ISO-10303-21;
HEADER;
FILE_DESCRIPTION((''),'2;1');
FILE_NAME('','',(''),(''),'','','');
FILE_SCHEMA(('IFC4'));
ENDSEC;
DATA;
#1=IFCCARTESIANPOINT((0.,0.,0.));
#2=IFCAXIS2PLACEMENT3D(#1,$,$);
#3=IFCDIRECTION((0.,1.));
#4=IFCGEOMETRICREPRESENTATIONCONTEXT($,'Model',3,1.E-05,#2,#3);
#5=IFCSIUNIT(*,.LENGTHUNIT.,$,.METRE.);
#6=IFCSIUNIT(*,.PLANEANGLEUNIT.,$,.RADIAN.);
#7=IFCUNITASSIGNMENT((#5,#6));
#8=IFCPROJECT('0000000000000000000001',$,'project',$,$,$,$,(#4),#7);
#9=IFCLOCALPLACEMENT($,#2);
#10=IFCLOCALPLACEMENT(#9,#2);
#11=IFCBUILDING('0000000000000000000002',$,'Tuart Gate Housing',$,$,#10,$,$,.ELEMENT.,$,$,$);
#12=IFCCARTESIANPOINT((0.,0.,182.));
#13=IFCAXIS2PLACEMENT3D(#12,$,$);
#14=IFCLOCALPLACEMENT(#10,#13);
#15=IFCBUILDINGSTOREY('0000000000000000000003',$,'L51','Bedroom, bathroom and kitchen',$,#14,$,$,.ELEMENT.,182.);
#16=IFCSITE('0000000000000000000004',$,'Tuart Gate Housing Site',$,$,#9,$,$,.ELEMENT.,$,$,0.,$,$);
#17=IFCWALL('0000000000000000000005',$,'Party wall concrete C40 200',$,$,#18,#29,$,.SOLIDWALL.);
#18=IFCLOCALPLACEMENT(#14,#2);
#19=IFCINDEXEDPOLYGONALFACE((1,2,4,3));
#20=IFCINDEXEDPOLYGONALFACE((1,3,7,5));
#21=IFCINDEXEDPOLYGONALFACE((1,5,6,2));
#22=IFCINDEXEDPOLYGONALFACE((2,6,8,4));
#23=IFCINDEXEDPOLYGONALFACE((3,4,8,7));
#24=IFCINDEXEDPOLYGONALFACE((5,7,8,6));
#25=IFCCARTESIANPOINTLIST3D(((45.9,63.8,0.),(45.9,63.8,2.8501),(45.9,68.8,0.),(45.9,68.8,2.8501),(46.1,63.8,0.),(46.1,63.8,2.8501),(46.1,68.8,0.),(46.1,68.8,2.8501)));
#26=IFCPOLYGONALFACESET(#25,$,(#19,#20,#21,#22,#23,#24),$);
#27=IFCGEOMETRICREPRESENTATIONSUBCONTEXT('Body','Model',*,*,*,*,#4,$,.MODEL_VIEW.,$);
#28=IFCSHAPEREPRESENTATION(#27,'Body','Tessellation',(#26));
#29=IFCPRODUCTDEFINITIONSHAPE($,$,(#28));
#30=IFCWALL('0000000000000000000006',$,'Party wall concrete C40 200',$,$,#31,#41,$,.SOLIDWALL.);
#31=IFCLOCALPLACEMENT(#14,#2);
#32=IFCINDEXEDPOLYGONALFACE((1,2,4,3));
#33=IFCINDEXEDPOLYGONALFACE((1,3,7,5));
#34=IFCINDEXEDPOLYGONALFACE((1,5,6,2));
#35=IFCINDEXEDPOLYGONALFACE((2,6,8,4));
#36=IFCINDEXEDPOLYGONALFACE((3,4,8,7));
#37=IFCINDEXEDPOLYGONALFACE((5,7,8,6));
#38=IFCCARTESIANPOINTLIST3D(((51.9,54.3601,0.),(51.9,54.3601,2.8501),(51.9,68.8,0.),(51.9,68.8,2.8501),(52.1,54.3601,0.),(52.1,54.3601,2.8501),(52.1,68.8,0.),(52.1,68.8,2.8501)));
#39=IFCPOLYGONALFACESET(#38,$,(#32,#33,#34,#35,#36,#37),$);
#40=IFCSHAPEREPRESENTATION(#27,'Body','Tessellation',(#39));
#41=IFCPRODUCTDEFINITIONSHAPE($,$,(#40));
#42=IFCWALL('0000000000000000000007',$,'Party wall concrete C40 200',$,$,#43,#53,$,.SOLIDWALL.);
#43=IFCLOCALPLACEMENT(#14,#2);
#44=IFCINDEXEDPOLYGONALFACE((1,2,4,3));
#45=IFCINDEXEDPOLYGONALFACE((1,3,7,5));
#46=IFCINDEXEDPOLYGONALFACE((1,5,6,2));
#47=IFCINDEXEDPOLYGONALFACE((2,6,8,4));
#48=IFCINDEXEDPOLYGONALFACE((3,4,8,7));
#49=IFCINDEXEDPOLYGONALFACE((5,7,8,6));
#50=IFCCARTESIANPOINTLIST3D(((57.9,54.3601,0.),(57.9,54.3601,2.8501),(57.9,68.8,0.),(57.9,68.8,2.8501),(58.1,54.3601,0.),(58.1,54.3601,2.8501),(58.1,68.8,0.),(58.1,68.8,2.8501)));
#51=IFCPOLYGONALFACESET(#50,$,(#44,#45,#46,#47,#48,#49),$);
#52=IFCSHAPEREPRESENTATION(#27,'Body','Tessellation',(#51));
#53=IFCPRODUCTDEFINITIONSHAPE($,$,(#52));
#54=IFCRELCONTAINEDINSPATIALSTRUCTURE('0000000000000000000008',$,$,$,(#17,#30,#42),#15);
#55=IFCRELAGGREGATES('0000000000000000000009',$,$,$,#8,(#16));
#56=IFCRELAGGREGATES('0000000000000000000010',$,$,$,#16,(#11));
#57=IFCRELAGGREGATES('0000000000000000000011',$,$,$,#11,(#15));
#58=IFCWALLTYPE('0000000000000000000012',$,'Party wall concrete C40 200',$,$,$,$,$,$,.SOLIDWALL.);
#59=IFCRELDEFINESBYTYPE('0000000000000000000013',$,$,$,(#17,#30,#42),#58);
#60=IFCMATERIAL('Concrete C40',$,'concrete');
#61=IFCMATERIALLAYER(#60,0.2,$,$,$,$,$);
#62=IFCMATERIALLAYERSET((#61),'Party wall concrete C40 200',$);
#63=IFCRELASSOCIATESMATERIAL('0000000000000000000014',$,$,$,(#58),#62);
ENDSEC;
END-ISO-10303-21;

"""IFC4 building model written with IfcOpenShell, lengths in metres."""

from ifc_helpers import new_model, si_unit, direction, frame, frame_2d, origin, place, context, subcontext, project, spatial, rectangle, extrude, material, layer, layer_set, type_object, element, save


model = new_model("IFC4")

# Units and contexts
model_context = context("Model", 3, precision=1e-05, world=origin(), true_north=direction((0.0, 1.0)))
body_context = subcontext(model_context, "Body", "Model", "MODEL_VIEW")
ifc_project = project(units=[si_unit("LENGTHUNIT", "METRE"), si_unit("PLANEANGLEUNIT", "RADIAN")], contexts=[model_context])

# Site, building, storey
site_placement = place(None, origin())
site = spatial("IfcSite", under=ifc_project, at=site_placement, Name="Tuart Gate Housing Site", CompositionType="ELEMENT", RefElevation=0.0)
building_placement = place(site_placement, origin())
building = spatial("IfcBuilding", under=site, at=building_placement, Name="Tuart Gate Housing", CompositionType="ELEMENT")
storey_placement = place(building_placement, frame((0.0, 0.0, 182.0)))
storey = spatial("IfcBuildingStorey", under=building, at=storey_placement, Name="L51", Description="Bedroom, bathroom and kitchen", CompositionType="ELEMENT", Elevation=182.0)

# Walls
ifc_material_1 = material(Name="Concrete C40", Category="concrete")
ifc_layer_1 = layer(ifc_material_1, 0.2)
ifc_layer_set_1 = layer_set([ifc_layer_1], Name="Party wall concrete C40 200")
wall_type_1 = type_object("IfcWallType", Name="Party wall concrete C40 200", PredefinedType="SOLIDWALL", material=ifc_layer_set_1)
wall_1_placement = place(storey_placement, frame((46.0, 63.8, 0.0), z_axis=(0.0, 0.0, 1.0), x_axis=(0.0, 1.0, 0.0)))
element("IfcWall", 1, at=wall_1_placement, inside=storey, type_object=wall_type_1, Name="Party wall concrete C40 200", PredefinedType="SOLIDWALL", context=body_context, shape_type="SweptSolid", body=[
    extrude(rectangle(XDim=5.0, YDim=0.2, at=frame_2d((2.5, 0.0))), origin(), (0.0, 0.0, 1.0), 2.8501),
])
for number, where, z_axis, x_axis, name in (
    (2, (52.0, 54.3601, 0.0), (0.0, 0.0, 1.0), (0.0, 1.0, 0.0), "Party wall concrete C40 200"),
    (3, (58.0, 54.3601, 0.0), (0.0, 0.0, 1.0), (0.0, 1.0, 0.0), "Party wall concrete C40 200"),
):
    element("IfcWall", number, at=place(storey_placement, frame(where, z_axis=z_axis, x_axis=x_axis)), inside=storey, type_object=wall_type_1, Name=name, PredefinedType="SOLIDWALL", context=body_context, shape_type="SweptSolid", body=[
        extrude(rectangle(XDim=14.4399, YDim=0.2, at=frame_2d((7.22, 0.0))), origin(), (0.0, 0.0, 1.0), 2.8501),
    ])

save(model, "model.ifc")
